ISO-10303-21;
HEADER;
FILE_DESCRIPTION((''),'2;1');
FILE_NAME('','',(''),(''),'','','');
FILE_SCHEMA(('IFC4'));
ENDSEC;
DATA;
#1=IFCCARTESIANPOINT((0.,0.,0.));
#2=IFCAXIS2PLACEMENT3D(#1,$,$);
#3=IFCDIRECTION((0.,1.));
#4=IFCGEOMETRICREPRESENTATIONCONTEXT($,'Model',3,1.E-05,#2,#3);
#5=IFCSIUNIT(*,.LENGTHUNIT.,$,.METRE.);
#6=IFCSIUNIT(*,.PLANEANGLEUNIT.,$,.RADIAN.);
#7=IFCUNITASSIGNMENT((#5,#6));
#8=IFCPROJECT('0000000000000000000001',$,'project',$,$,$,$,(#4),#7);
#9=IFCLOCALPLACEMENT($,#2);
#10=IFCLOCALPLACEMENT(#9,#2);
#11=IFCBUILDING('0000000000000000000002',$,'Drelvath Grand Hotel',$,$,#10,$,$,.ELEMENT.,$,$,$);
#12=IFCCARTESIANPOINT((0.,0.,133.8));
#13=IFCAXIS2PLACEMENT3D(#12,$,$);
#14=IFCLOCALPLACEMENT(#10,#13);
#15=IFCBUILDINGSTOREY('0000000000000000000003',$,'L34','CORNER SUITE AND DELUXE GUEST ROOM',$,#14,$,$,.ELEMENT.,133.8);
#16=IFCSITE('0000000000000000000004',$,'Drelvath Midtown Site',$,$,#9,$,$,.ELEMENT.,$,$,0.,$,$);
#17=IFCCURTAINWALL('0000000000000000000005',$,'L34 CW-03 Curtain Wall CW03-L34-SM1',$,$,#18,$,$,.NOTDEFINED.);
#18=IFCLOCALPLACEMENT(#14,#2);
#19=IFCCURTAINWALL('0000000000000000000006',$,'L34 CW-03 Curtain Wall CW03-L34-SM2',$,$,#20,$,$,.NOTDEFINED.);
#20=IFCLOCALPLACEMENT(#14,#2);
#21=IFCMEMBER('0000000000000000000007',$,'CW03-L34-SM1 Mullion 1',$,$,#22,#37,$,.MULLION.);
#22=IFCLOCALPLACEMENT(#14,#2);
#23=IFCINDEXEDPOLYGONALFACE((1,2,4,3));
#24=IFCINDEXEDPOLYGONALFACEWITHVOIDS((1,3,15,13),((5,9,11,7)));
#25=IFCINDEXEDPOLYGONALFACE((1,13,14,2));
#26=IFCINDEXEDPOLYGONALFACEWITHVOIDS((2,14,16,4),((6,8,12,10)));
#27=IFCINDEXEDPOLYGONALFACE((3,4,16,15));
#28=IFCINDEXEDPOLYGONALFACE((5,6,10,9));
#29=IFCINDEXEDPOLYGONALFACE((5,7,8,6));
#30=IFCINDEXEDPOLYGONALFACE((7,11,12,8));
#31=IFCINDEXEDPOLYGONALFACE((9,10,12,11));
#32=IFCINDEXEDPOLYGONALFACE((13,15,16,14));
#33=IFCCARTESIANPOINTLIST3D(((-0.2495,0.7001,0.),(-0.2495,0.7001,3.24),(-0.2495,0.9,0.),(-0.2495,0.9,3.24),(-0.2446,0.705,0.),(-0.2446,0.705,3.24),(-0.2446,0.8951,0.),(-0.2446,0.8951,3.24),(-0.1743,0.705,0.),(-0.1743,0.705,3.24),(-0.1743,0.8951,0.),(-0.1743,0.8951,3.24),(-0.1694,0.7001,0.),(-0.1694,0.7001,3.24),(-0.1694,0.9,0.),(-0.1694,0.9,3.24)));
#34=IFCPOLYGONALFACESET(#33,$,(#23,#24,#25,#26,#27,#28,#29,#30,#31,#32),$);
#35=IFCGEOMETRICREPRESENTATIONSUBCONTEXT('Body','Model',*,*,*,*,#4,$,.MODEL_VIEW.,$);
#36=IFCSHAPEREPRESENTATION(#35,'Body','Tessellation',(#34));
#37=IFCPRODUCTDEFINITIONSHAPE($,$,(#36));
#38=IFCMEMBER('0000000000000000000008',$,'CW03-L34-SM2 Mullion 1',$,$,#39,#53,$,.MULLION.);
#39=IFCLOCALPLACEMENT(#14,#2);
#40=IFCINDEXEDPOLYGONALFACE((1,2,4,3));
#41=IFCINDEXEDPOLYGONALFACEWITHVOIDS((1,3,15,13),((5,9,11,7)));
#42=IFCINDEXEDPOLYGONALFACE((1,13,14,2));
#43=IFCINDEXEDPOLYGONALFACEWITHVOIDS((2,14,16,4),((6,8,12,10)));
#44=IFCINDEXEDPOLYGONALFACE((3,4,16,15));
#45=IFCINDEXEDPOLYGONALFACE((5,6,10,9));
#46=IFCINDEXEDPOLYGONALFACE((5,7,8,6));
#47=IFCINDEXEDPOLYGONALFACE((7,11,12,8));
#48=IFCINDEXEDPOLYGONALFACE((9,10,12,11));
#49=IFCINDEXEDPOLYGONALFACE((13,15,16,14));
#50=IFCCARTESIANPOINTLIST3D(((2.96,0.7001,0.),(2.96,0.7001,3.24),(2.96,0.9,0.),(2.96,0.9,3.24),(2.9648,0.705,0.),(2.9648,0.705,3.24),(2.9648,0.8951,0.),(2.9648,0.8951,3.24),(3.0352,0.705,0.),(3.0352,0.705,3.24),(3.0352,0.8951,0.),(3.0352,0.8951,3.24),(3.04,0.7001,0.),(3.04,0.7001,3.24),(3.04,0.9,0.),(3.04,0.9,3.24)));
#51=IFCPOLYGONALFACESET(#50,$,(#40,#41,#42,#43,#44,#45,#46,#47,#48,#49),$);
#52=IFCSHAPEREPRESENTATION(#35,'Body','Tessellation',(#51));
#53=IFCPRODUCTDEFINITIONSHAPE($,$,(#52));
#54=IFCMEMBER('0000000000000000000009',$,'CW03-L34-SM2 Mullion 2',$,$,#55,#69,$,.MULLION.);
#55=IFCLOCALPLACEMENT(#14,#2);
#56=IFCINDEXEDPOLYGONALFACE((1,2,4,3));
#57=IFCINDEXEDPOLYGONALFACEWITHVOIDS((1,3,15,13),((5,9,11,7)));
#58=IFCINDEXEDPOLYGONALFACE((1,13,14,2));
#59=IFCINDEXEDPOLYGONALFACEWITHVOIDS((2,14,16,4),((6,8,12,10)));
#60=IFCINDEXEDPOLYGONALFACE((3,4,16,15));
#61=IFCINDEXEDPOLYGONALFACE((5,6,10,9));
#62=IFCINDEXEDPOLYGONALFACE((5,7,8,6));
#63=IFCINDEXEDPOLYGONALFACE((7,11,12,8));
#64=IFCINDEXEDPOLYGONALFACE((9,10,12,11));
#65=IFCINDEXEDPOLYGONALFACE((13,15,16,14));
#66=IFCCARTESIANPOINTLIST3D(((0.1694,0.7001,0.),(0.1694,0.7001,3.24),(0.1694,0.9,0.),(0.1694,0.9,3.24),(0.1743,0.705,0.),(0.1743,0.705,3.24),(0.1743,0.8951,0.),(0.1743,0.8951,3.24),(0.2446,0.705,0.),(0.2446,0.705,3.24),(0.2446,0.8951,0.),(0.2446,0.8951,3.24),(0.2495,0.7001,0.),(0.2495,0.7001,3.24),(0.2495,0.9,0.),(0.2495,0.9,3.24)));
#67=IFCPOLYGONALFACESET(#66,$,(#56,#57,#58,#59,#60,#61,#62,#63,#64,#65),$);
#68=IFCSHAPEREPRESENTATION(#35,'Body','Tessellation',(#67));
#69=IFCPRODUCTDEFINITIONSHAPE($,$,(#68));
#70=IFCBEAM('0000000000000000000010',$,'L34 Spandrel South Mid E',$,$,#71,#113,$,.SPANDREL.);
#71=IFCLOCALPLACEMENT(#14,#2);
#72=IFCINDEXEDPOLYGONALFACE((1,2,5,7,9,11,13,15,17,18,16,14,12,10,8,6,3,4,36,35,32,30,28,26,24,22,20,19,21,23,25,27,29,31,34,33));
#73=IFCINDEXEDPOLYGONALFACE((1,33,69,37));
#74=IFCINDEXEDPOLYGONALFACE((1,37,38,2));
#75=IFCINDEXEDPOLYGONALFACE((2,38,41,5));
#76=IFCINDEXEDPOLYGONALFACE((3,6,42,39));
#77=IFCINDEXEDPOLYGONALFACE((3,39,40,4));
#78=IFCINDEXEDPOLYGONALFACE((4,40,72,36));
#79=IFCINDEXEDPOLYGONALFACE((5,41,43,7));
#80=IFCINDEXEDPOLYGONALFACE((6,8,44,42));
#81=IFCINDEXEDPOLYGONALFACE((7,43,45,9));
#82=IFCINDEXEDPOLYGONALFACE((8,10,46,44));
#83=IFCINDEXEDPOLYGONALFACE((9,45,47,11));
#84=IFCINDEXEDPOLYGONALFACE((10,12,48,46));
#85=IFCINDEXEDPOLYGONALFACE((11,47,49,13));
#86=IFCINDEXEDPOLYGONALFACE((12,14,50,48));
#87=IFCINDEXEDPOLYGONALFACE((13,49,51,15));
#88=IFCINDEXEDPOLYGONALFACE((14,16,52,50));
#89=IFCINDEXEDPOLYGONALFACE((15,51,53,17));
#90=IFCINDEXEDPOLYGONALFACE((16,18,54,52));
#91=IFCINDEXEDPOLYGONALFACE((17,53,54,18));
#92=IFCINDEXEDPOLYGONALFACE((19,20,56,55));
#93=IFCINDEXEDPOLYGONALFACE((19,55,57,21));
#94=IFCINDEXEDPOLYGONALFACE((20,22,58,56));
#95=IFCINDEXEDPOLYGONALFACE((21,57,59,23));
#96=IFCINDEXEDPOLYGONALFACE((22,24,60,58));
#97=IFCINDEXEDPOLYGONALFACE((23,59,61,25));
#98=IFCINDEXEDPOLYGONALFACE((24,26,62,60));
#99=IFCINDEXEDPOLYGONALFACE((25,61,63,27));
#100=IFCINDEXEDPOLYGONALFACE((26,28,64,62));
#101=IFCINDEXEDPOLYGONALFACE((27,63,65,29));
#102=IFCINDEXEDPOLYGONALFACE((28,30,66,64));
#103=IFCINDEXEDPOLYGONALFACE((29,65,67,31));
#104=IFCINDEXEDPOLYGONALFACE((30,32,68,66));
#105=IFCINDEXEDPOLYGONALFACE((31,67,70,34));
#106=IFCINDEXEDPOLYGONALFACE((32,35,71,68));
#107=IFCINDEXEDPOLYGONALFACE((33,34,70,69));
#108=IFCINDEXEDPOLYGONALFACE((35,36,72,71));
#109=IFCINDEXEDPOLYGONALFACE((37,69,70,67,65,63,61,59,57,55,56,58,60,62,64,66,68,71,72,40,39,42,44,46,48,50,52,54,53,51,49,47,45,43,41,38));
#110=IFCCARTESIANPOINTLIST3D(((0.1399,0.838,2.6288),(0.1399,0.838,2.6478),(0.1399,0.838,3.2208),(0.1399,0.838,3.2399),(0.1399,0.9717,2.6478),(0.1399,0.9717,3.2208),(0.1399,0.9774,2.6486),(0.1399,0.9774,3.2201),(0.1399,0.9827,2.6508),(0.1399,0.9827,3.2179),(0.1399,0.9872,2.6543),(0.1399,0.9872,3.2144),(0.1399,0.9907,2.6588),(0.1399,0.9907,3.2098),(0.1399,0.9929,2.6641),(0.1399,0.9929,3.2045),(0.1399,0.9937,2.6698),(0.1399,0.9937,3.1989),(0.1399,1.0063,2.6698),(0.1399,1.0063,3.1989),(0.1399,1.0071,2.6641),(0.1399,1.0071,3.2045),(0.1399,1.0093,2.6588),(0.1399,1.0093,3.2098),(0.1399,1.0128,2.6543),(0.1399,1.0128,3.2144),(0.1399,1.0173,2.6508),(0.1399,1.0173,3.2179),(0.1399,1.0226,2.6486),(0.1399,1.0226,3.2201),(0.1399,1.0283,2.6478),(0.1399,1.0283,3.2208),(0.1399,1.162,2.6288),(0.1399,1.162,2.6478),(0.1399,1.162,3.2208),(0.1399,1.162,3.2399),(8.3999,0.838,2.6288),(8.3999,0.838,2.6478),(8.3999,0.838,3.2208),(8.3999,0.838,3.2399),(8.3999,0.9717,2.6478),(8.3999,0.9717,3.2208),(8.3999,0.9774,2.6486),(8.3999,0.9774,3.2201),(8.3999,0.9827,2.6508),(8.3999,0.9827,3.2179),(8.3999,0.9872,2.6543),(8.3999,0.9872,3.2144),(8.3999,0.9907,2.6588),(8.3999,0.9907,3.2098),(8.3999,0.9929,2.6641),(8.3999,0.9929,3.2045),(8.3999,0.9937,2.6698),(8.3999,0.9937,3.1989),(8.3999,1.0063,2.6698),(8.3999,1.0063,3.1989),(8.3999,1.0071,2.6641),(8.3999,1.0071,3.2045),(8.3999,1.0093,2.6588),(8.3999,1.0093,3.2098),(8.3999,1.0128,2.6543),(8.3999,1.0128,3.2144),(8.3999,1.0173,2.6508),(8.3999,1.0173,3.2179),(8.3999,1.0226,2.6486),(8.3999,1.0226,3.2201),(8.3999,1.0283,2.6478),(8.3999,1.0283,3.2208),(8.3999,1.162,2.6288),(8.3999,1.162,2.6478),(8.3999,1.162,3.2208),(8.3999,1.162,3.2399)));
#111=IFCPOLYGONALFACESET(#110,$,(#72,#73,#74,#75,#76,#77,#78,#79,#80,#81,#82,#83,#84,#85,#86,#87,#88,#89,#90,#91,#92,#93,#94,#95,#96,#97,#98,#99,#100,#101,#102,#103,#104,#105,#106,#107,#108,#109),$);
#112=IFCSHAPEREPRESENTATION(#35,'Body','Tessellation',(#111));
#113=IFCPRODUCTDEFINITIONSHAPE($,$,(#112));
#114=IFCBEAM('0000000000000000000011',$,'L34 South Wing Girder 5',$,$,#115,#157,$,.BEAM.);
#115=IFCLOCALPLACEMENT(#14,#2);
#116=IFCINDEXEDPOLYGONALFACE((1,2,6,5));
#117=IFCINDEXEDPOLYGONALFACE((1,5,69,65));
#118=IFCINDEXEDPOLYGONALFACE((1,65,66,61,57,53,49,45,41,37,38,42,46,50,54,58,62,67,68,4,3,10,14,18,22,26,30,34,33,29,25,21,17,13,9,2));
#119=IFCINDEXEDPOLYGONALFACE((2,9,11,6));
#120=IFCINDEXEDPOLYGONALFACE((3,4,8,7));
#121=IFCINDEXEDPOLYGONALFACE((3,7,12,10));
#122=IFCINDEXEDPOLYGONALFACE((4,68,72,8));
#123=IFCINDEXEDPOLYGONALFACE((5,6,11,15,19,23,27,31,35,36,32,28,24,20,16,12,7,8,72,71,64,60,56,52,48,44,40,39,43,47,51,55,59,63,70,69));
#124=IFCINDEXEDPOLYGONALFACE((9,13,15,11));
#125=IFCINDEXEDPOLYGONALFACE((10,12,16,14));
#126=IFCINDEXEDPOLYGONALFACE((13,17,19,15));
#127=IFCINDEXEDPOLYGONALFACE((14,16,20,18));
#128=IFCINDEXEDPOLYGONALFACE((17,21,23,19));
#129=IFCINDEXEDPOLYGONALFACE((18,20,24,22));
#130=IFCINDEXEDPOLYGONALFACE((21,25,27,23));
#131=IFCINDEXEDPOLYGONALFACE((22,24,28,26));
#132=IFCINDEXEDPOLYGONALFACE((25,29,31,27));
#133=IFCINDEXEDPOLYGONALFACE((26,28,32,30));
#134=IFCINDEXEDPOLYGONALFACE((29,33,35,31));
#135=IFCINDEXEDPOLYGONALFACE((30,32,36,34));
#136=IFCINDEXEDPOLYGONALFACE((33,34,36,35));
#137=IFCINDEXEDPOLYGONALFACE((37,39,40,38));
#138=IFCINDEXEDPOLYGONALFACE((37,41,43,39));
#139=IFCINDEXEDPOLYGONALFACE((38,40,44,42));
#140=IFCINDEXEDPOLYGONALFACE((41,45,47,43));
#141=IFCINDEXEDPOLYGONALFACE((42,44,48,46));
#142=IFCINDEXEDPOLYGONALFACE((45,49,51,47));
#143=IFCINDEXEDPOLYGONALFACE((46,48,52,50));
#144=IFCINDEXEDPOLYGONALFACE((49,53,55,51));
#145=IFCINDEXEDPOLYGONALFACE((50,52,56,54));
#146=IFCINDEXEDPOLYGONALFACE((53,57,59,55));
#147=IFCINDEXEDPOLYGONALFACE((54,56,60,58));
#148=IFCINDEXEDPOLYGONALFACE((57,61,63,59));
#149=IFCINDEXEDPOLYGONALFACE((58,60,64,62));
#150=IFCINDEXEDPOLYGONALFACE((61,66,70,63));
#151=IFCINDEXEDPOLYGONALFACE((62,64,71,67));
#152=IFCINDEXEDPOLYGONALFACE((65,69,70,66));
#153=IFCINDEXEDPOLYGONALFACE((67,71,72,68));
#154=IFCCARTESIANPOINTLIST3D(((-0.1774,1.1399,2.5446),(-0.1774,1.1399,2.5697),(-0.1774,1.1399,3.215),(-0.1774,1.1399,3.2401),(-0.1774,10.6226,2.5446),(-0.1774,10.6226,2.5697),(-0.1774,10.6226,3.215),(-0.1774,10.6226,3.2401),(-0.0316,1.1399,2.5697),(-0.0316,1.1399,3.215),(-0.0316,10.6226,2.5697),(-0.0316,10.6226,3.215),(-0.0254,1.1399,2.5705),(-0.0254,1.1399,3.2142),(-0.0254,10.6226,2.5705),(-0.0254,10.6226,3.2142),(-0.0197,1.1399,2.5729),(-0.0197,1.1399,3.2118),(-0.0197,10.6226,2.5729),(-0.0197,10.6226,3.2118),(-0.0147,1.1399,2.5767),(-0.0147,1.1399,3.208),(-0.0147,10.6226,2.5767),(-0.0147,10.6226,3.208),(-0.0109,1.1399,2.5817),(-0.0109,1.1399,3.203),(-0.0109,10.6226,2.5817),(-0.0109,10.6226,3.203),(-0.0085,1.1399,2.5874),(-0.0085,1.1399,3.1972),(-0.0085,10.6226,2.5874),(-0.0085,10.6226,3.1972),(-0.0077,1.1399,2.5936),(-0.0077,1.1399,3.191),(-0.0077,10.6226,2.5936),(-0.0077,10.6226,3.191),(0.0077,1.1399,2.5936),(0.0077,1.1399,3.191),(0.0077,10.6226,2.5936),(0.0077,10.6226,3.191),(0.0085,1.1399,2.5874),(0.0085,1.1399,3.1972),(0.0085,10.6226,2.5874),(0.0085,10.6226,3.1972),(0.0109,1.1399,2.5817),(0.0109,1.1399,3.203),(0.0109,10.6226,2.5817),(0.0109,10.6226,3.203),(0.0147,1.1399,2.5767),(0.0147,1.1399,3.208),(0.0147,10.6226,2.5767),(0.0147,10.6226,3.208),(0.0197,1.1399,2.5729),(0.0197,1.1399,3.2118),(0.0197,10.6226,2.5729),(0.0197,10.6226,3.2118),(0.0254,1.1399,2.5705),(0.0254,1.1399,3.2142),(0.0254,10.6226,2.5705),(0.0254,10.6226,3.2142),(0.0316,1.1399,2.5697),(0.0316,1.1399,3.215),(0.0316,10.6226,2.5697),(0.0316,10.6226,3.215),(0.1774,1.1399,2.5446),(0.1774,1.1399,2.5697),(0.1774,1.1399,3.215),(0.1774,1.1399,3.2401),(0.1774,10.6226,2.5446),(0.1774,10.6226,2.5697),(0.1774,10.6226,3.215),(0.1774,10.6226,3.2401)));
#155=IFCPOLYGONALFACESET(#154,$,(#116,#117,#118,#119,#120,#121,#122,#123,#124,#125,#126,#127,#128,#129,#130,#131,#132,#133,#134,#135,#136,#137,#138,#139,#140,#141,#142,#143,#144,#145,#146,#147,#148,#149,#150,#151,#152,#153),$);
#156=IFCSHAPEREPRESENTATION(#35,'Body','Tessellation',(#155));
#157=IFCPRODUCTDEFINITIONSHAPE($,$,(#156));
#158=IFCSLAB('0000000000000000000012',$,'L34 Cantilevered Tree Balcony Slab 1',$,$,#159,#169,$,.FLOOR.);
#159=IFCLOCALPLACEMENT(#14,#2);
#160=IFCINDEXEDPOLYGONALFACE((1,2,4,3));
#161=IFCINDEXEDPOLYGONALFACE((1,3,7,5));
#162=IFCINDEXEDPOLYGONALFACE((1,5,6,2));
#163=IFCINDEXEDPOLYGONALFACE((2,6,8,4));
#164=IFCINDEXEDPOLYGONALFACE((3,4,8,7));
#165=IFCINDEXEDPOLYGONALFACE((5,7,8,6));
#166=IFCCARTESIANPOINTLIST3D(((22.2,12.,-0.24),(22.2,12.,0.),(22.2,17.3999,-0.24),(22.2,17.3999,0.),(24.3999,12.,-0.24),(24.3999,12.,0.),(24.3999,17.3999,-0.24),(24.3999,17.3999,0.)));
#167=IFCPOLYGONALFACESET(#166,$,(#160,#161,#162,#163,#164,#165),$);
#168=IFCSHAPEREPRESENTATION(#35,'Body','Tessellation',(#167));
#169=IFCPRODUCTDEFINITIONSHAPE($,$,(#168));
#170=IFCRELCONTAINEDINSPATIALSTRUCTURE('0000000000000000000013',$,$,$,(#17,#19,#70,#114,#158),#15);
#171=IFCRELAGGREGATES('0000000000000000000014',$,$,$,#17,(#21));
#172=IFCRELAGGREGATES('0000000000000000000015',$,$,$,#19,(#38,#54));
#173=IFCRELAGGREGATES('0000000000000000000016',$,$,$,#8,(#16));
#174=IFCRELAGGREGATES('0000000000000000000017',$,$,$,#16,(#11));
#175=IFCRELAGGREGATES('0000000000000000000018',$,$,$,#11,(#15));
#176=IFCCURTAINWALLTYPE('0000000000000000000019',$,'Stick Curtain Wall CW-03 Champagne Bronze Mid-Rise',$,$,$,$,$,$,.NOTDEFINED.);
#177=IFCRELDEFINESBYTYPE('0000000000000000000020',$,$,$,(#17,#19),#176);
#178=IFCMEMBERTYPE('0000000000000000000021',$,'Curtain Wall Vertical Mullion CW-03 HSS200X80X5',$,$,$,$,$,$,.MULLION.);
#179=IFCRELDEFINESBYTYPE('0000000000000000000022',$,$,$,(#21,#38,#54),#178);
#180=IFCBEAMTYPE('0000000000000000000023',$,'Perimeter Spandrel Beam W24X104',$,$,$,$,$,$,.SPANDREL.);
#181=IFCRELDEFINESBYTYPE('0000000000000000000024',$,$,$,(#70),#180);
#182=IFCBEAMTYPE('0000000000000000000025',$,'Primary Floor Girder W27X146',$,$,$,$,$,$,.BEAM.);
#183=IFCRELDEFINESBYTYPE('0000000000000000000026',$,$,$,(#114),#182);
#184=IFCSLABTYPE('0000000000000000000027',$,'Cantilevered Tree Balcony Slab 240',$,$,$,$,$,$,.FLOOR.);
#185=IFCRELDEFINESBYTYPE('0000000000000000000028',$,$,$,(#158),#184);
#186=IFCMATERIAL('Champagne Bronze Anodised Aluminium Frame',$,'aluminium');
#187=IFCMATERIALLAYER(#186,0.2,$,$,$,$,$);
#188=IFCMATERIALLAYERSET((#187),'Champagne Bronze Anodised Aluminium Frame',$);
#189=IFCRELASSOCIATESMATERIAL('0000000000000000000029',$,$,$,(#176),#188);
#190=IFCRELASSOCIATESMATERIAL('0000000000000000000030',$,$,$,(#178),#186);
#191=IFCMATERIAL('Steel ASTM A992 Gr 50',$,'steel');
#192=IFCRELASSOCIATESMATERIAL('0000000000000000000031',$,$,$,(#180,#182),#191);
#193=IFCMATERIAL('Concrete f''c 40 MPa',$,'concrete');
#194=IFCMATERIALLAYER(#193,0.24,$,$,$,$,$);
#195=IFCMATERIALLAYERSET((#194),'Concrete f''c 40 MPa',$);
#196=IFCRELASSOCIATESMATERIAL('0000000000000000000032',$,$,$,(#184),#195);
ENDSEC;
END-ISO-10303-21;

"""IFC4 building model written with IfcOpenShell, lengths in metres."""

from ifc_helpers import new_model, si_unit, direction, frame, origin, origin_2d, place, context, subcontext, project, spatial, polyline, hollow_rectangle, i_section, outline, extrude, material, layer, layer_set, material_profile, profile_set, type_object, element, aggregate, save


model = new_model("IFC4")

# Units and contexts
model_context = context("Model", 3, precision=1e-05, world=origin(), true_north=direction((0.0, 1.0)))
body_context = subcontext(model_context, "Body", "Model", "MODEL_VIEW")
ifc_project = project(units=[si_unit("LENGTHUNIT", "METRE"), si_unit("PLANEANGLEUNIT", "RADIAN")], contexts=[model_context])

# Site, building, storey
site_placement = place(None, origin())
site = spatial("IfcSite", under=ifc_project, at=site_placement, Name="Drelvath Midtown Site", CompositionType="ELEMENT", RefElevation=0.0)
building_placement = place(site_placement, origin())
building = spatial("IfcBuilding", under=site, at=building_placement, Name="Drelvath Grand Hotel", CompositionType="ELEMENT")
storey_placement = place(building_placement, frame((0.0, 0.0, 133.8)))
storey = spatial("IfcBuildingStorey", under=building, at=storey_placement, Name="L34", Description="CORNER SUITE AND DELUXE GUEST ROOM", CompositionType="ELEMENT", Elevation=133.8)

# Curtain walls
ifc_material_1 = material(Name="Champagne Bronze Anodised Aluminium Frame", Category="aluminium")
ifc_layer_1 = layer(ifc_material_1, 0.2)
ifc_layer_set_1 = layer_set([ifc_layer_1], Name="Champagne Bronze Anodised Aluminium Frame")
curtain_wall_type = type_object("IfcCurtainWallType", Name="Stick Curtain Wall CW-03 Champagne Bronze Mid-Rise", PredefinedType="NOTDEFINED", material=ifc_layer_set_1)
curtain_wall_1_placement = place(storey_placement, origin())
curtain_wall_1 = element("IfcCurtainWall", 1, at=curtain_wall_1_placement, inside=storey, type_object=curtain_wall_type, Name="L34 CW-03 Curtain Wall CW03-L34-SM1", PredefinedType="NOTDEFINED")
curtain_wall_2_placement = place(storey_placement, origin())
curtain_wall_2 = element("IfcCurtainWall", 2, at=curtain_wall_2_placement, inside=storey, type_object=curtain_wall_type, Name="L34 CW-03 Curtain Wall CW03-L34-SM2", PredefinedType="NOTDEFINED")

# Members
ifc_material_profile_1 = material_profile(ifc_material_1, hollow_rectangle(XDim=0.0801, YDim=0.2, WallThickness=0.0049, at=origin_2d()), Name="HSS200X80X5")
ifc_profile_set_1 = profile_set([ifc_material_profile_1], Name="Champagne Bronze Anodised Aluminium Frame")
member_type_1 = type_object("IfcMemberType", Name="Curtain Wall Vertical Mullion CW-03 HSS200X80X5", PredefinedType="MULLION", material=ifc_profile_set_1)
member_1_placement = place(storey_placement, frame((-0.2095, 0.8, 0.0), z_axis=(0.0, 0.0, 1.0), x_axis=(1.0, 0.0, 0.0)))
member_1 = element("IfcMember", 3, at=member_1_placement, type_object=member_type_1, Name="CW03-L34-SM1 Mullion 1", PredefinedType="MULLION", context=body_context, shape_type="SweptSolid", body=[
    extrude(hollow_rectangle(XDim=0.0801, YDim=0.2, WallThickness=0.0049, at=origin_2d()), origin(), (0.0, 0.0, 1.0), 3.24),
])
aggregate(curtain_wall_1, [member_1])
member_2_placement = place(storey_placement, frame((3.0, 0.8, 0.0), z_axis=(0.0, 0.0, 1.0), x_axis=(1.0, 0.0, 0.0)))
member_2 = element("IfcMember", 4, at=member_2_placement, type_object=member_type_1, Name="CW03-L34-SM2 Mullion 1", PredefinedType="MULLION", context=body_context, shape_type="SweptSolid", body=[
    extrude(hollow_rectangle(XDim=0.0801, YDim=0.2, WallThickness=0.0049, at=origin_2d()), origin(), (0.0, 0.0, 1.0), 3.24),
])
member_3_placement = place(storey_placement, frame((0.2095, 0.8, 0.0), z_axis=(0.0, 0.0, 1.0), x_axis=(1.0, 0.0, 0.0)))
member_3 = element("IfcMember", 5, at=member_3_placement, type_object=member_type_1, Name="CW03-L34-SM2 Mullion 2", PredefinedType="MULLION", context=body_context, shape_type="SweptSolid", body=[
    extrude(hollow_rectangle(XDim=0.0801, YDim=0.2, WallThickness=0.0049, at=origin_2d()), origin(), (0.0, 0.0, 1.0), 3.24),
])

# Beams
ifc_material_2 = material(Name="Steel ASTM A992 Gr 50", Category="steel")
ifc_material_profile_2 = material_profile(ifc_material_2, i_section(OverallWidth=0.324, OverallDepth=0.6111, WebThickness=0.0127, FlangeThickness=0.019, FilletRadius=0.022, at=origin_2d()), Name="W24X104")
ifc_profile_set_2 = profile_set([ifc_material_profile_2], Name="Steel ASTM A992 Gr 50")
beam_type_1 = type_object("IfcBeamType", Name="Perimeter Spandrel Beam W24X104", PredefinedType="SPANDREL", material=ifc_profile_set_2)
beam_1_placement = place(storey_placement, frame((0.1399, 1.0, 2.9343), z_axis=(1.0, 0.0, 0.0), x_axis=(0.0, 1.0, 0.0)))
element("IfcBeam", 6, at=beam_1_placement, inside=storey, type_object=beam_type_1, Name="L34 Spandrel South Mid E", PredefinedType="SPANDREL", context=body_context, shape_type="SweptSolid", body=[
    extrude(i_section(OverallWidth=0.324, OverallDepth=0.6111, WebThickness=0.0127, FlangeThickness=0.019, FilletRadius=0.022, at=origin_2d()), origin(), (0.0, 0.0, 1.0), 8.26),
])
ifc_material_profile_3 = material_profile(ifc_material_2, i_section(OverallWidth=0.3547, OverallDepth=0.6956, WebThickness=0.0154, FlangeThickness=0.0251, FilletRadius=0.0239, at=origin_2d()), Name="W27X146")
ifc_profile_set_3 = profile_set([ifc_material_profile_3], Name="Steel ASTM A992 Gr 50")
beam_type_2 = type_object("IfcBeamType", Name="Primary Floor Girder W27X146", PredefinedType="BEAM", material=ifc_profile_set_3)
beam_2_placement = place(storey_placement, frame((0.0, 1.1399, 2.8923), z_axis=(0.0, 1.0, 0.0), x_axis=(-1.0, 0.0, 0.0)))
element("IfcBeam", 7, at=beam_2_placement, inside=storey, type_object=beam_type_2, Name="L34 South Wing Girder 5", PredefinedType="BEAM", context=body_context, shape_type="SweptSolid", body=[
    extrude(i_section(OverallWidth=0.3547, OverallDepth=0.6956, WebThickness=0.0154, FlangeThickness=0.0251, FilletRadius=0.0239, at=origin_2d()), origin(), (0.0, 0.0, 1.0), 9.4827),
])

# Slab
ifc_material_3 = material(Name="Concrete f'c 40 MPa", Category="concrete")
ifc_layer_2 = layer(ifc_material_3, 0.24)
ifc_layer_set_2 = layer_set([ifc_layer_2], Name="Concrete f'c 40 MPa")
slab_type_1 = type_object("IfcSlabType", Name="Cantilevered Tree Balcony Slab 240", PredefinedType="FLOOR", material=ifc_layer_set_2)
slab_1_placement = place(storey_placement, frame((0.0, 0.0, -0.24)))
element("IfcSlab", 8, at=slab_1_placement, inside=storey, type_object=slab_type_1, Name="L34 Cantilevered Tree Balcony Slab 1", PredefinedType="FLOOR", context=body_context, shape_type="SweptSolid", body=[
    extrude(outline(polyline([(22.2, 12.0), (24.3999, 12.0), (24.3999, 17.3999), (22.2, 17.3999), (22.2, 12.0)])), origin(), (0.0, 0.0, 1.0), 0.24),
])

aggregate(curtain_wall_2, [member_2, member_3])

save(model, "model.ifc")
